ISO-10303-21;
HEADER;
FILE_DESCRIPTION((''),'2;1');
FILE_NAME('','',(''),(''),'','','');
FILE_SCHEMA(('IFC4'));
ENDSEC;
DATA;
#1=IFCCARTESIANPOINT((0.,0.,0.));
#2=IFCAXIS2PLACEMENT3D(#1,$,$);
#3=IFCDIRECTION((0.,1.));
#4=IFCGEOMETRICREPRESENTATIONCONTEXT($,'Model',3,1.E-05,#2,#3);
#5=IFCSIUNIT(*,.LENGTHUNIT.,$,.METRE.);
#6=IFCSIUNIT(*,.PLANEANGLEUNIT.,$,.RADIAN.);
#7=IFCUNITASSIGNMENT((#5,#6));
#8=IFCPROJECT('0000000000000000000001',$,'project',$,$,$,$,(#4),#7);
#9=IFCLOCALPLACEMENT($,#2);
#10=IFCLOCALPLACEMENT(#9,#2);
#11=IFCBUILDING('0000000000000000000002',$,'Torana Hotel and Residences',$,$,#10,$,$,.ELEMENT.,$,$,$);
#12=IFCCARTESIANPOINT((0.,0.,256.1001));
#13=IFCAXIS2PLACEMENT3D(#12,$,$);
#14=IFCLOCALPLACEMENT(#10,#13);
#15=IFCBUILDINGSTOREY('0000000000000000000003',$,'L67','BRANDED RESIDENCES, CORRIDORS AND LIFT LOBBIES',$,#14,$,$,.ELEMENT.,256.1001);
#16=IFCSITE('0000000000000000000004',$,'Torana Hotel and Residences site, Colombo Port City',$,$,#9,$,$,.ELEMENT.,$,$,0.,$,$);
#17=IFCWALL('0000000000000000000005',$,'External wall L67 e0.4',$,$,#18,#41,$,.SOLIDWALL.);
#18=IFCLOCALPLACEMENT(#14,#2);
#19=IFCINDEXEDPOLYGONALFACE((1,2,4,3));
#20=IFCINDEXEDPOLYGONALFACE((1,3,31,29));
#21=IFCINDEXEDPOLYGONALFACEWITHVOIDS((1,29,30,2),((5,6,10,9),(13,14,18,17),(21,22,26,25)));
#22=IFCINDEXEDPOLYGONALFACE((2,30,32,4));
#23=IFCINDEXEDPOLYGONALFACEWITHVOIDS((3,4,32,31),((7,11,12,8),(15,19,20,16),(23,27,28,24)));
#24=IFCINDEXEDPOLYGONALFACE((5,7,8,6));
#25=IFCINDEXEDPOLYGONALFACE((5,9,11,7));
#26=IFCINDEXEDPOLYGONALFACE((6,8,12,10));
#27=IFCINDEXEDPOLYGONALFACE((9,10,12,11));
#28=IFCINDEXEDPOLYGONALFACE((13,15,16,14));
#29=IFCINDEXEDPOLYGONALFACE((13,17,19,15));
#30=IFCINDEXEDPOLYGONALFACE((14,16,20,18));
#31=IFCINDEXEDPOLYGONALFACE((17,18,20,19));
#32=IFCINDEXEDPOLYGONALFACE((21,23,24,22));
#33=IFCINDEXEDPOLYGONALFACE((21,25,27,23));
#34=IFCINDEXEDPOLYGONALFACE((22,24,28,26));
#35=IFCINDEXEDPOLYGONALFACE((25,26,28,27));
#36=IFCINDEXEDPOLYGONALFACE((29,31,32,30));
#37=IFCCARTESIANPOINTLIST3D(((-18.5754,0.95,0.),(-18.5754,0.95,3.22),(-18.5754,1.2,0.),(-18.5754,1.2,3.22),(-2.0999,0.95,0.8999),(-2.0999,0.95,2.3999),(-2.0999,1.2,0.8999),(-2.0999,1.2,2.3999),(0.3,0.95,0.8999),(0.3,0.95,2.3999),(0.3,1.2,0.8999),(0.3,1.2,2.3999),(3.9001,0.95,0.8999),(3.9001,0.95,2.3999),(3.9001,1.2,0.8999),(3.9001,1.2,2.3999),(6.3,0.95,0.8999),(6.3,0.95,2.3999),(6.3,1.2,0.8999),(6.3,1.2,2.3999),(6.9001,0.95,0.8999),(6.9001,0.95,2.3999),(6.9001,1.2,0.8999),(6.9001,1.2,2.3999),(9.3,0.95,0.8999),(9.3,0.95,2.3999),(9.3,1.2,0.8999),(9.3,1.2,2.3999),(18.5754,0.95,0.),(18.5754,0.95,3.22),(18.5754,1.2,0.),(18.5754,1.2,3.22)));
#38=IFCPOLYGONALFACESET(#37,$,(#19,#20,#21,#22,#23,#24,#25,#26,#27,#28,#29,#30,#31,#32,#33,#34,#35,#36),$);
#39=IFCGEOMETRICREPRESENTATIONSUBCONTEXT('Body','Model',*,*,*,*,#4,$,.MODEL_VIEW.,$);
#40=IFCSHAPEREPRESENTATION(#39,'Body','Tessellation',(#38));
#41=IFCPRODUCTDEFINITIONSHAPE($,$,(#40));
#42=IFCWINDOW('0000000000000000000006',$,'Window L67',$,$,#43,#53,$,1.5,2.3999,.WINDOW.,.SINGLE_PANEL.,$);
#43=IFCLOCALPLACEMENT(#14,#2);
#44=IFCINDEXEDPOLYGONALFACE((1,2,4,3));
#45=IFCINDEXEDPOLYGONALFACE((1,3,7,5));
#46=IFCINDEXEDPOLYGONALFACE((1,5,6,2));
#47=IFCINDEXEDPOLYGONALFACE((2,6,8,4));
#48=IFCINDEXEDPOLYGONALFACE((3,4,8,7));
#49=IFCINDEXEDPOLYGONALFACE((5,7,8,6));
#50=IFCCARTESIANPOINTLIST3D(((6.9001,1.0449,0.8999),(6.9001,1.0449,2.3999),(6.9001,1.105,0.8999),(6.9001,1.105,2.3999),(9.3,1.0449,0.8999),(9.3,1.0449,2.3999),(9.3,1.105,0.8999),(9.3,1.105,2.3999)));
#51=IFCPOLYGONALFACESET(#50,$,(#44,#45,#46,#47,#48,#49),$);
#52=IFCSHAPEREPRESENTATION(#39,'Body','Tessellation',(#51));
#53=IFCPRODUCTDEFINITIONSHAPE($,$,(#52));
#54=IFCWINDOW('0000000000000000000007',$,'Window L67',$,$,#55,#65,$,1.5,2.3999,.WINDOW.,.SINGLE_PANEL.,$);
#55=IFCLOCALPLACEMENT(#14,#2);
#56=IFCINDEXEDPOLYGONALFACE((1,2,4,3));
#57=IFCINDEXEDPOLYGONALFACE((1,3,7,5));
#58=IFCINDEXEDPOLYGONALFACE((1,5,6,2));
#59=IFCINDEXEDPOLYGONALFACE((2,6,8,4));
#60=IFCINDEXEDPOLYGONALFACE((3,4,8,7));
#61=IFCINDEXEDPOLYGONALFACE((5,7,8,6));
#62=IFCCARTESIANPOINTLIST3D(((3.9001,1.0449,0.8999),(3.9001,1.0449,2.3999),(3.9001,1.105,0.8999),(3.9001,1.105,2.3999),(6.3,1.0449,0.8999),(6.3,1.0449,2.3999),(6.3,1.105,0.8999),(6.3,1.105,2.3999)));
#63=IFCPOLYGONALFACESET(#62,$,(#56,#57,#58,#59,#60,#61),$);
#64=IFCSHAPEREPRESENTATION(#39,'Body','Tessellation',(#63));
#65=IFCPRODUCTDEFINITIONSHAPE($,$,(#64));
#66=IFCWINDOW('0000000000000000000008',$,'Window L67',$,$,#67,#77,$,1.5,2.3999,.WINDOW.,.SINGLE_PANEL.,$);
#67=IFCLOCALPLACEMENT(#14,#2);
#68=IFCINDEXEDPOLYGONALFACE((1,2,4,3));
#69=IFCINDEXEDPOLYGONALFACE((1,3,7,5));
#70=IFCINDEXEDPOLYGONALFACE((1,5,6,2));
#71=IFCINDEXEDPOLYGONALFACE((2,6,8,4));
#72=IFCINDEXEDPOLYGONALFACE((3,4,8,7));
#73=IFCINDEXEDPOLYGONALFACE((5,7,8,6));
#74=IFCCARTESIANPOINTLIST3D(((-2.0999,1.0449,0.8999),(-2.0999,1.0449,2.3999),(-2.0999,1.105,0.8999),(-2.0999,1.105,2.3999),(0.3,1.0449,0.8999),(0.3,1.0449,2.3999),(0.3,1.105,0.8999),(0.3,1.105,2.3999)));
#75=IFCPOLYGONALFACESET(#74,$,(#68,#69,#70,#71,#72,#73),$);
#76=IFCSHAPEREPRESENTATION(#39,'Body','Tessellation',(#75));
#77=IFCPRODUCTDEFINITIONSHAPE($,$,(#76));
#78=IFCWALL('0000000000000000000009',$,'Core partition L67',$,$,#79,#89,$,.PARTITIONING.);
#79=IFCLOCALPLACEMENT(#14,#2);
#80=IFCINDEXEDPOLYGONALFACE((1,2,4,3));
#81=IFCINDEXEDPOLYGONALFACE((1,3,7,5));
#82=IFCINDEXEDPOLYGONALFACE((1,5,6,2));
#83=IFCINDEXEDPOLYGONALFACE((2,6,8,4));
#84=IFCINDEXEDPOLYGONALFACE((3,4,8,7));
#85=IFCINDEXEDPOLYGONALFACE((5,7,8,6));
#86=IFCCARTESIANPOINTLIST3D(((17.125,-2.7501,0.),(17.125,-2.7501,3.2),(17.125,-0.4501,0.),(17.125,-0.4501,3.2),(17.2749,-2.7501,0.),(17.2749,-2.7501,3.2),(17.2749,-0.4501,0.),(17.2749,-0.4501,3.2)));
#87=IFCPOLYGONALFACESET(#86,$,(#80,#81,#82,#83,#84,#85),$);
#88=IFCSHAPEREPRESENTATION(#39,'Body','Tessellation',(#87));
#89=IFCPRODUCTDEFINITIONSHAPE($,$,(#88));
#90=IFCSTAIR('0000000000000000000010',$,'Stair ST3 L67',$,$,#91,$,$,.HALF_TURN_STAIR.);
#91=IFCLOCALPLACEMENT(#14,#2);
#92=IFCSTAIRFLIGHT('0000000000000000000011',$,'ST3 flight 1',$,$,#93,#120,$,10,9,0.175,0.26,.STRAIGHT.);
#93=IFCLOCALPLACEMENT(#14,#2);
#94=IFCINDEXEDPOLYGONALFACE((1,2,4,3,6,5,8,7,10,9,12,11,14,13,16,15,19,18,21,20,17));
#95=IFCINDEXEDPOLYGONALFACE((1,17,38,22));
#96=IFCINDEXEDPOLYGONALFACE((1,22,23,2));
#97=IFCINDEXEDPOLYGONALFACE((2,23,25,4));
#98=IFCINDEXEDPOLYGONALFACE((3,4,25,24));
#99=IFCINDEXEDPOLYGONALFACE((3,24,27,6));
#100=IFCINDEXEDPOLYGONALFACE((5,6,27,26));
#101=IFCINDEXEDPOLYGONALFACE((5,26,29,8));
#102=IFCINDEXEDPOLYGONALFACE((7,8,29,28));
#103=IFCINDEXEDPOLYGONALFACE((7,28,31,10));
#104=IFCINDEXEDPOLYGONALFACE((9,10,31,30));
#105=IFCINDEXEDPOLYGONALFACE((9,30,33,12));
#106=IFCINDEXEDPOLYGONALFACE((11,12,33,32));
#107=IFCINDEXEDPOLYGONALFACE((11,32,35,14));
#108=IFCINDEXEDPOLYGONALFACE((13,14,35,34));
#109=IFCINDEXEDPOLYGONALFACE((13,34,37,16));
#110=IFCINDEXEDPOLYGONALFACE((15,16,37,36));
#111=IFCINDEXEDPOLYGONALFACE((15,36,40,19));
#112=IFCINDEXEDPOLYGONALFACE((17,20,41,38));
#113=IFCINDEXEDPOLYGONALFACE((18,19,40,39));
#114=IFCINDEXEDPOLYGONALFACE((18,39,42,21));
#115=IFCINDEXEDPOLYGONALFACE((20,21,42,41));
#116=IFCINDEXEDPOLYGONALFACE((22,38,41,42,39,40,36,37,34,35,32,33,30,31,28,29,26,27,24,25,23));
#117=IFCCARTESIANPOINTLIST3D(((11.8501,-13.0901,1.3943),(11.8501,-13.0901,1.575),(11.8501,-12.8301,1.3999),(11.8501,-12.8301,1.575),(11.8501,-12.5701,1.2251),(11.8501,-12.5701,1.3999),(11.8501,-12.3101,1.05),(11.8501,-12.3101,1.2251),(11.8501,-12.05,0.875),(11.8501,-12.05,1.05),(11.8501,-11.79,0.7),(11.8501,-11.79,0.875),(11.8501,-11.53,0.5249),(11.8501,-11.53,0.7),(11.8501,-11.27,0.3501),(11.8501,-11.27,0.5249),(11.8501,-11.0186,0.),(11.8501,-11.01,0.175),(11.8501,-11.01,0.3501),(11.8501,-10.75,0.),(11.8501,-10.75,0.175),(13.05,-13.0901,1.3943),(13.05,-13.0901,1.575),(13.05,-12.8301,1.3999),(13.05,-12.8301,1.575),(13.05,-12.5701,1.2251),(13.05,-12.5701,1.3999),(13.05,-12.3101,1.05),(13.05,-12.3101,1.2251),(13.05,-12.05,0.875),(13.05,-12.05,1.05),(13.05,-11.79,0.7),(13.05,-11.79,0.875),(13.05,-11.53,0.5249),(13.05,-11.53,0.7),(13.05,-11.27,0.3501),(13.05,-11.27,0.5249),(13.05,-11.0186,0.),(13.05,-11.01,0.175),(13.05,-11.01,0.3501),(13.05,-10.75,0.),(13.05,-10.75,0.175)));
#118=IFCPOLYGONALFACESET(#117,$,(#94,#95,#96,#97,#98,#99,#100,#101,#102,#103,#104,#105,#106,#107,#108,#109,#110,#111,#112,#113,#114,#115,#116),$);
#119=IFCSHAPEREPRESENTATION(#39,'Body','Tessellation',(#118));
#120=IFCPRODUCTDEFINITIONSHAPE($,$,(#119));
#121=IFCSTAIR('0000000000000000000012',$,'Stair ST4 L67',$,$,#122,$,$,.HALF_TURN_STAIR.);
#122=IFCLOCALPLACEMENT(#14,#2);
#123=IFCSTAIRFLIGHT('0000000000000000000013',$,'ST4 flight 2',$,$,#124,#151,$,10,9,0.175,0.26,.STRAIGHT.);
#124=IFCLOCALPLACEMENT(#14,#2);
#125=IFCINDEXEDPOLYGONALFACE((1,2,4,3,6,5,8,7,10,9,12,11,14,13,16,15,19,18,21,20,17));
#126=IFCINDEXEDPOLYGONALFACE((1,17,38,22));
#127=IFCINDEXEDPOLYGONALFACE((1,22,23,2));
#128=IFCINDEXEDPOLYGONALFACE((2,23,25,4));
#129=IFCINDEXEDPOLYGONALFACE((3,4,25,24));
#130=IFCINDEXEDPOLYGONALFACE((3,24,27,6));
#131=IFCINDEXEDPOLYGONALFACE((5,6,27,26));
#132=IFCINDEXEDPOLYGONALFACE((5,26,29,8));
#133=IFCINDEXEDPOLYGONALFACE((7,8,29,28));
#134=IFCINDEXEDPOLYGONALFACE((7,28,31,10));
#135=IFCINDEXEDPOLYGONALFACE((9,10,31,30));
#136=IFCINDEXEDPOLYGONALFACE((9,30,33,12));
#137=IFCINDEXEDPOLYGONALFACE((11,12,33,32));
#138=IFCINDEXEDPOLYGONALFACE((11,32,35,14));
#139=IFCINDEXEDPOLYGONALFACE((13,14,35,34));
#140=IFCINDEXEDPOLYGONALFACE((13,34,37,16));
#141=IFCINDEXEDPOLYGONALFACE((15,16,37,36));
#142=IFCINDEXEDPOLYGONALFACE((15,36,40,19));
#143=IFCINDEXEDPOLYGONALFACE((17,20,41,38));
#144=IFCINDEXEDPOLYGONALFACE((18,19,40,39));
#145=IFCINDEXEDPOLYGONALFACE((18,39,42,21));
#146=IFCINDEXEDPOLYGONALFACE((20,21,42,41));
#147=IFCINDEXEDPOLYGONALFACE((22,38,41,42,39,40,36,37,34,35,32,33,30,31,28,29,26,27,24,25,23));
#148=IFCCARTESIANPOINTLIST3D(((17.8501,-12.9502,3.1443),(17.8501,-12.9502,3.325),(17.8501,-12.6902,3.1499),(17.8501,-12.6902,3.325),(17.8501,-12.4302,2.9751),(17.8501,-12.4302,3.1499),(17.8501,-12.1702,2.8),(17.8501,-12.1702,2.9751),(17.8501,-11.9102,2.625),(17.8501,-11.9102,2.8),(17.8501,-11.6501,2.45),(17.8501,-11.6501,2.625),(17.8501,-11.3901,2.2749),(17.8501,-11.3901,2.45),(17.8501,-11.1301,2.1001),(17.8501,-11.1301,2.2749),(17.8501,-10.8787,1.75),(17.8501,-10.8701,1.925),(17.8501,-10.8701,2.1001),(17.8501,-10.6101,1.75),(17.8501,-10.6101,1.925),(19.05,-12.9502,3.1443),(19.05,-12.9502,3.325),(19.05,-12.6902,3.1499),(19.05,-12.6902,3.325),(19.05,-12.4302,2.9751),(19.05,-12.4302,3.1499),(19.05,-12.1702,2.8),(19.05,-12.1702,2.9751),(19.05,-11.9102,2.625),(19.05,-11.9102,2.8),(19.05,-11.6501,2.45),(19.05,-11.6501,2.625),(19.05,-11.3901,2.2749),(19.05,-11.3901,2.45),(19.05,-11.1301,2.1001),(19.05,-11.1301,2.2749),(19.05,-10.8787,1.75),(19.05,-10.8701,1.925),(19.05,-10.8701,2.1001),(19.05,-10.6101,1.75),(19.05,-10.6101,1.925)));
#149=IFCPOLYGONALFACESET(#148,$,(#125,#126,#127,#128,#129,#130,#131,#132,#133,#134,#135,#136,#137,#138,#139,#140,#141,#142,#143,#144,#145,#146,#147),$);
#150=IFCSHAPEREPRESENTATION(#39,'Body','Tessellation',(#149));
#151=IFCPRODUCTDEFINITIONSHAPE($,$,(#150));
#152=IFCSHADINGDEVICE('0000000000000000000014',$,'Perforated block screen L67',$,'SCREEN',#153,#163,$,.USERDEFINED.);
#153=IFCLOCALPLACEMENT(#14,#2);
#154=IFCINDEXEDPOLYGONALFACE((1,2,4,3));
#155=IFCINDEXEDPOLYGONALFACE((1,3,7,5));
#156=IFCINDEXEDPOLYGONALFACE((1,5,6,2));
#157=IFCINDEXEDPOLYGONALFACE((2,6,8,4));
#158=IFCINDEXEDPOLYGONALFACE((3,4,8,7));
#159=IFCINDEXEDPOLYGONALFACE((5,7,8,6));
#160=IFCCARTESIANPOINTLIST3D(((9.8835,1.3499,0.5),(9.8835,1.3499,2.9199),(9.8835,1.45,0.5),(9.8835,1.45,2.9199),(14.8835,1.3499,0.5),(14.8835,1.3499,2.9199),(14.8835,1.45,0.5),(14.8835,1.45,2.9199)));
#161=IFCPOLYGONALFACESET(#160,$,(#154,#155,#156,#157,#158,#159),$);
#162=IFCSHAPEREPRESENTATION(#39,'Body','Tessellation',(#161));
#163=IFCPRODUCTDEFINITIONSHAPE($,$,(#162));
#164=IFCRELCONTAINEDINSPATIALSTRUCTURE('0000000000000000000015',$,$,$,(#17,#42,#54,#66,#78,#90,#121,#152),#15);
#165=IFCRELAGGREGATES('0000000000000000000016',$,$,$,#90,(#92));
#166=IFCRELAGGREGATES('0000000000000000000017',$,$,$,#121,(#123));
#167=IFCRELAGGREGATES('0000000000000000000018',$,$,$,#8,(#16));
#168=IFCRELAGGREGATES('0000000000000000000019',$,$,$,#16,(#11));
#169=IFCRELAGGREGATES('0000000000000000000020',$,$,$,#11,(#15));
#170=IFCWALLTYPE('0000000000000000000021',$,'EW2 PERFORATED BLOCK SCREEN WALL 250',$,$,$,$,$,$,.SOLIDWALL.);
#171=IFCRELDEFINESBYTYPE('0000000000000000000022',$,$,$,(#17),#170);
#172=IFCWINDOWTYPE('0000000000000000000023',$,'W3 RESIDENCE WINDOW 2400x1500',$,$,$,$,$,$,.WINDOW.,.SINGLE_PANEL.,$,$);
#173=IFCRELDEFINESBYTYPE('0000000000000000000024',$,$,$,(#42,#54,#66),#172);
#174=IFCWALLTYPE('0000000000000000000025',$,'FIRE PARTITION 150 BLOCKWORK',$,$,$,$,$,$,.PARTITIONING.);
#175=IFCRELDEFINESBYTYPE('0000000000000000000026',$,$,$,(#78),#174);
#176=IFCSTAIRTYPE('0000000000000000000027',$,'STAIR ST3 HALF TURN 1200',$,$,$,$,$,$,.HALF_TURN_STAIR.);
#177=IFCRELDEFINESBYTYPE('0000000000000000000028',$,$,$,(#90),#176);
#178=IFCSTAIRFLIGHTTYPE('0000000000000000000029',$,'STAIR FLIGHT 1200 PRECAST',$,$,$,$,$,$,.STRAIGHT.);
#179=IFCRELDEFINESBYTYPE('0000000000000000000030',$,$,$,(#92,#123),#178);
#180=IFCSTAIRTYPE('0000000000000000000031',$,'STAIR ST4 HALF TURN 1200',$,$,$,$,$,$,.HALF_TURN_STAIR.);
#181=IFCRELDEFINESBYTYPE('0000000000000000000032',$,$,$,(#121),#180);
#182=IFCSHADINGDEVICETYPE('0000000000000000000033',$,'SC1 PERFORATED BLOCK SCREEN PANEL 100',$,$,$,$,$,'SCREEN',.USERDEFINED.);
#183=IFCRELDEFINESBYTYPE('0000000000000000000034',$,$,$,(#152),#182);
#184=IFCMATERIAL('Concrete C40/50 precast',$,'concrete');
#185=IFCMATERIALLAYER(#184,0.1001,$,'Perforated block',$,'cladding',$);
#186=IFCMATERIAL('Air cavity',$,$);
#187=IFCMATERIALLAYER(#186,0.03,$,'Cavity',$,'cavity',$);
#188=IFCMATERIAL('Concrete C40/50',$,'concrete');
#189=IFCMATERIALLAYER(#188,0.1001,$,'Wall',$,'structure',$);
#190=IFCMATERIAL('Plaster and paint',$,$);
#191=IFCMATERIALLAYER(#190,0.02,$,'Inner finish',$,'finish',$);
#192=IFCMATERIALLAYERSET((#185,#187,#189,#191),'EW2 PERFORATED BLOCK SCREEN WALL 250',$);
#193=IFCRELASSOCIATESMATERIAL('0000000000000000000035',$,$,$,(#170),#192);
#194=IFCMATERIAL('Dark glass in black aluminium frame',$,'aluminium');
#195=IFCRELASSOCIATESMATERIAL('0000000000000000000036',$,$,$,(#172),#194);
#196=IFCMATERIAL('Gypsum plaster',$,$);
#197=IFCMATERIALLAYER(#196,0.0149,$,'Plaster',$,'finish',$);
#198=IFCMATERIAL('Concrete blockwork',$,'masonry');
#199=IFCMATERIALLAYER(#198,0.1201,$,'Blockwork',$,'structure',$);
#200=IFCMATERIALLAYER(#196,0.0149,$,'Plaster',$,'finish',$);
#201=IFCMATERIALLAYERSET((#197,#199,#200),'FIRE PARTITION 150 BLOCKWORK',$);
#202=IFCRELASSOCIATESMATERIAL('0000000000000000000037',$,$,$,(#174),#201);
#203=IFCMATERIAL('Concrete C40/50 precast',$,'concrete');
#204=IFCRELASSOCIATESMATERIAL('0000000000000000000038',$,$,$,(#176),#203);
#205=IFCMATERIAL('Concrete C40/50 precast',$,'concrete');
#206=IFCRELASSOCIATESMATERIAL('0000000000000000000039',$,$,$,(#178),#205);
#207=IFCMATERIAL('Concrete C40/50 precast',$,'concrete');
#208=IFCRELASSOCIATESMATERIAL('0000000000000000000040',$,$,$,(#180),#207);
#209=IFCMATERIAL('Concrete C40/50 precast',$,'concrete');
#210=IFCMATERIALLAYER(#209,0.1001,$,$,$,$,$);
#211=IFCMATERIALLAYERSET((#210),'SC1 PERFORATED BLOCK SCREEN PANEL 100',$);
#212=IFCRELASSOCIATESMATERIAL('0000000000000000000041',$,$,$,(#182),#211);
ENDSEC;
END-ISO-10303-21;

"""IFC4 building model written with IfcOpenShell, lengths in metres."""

from ifc_helpers import new_model, si_unit, direction, frame, frame_2d, origin, origin_2d, place, context, subcontext, project, spatial, polyline, rectangle, outline, extrude, material, layer, layer_set, type_object, element, fill, aggregate, save


model = new_model("IFC4")

# Units and contexts
model_context = context("Model", 3, precision=1e-05, world=origin(), true_north=direction((0.0, 1.0)))
body_context = subcontext(model_context, "Body", "Model", "MODEL_VIEW")
ifc_project = project(units=[si_unit("LENGTHUNIT", "METRE"), si_unit("PLANEANGLEUNIT", "RADIAN")], contexts=[model_context])

# Site, building, storey
site_placement = place(None, origin())
site = spatial("IfcSite", under=ifc_project, at=site_placement, Name="Torana Hotel and Residences site, Colombo Port City", CompositionType="ELEMENT", RefElevation=0.0)
building_placement = place(site_placement, origin())
building = spatial("IfcBuilding", under=site, at=building_placement, Name="Torana Hotel and Residences", CompositionType="ELEMENT")
storey_placement = place(building_placement, frame((0.0, 0.0, 256.1001)))
storey = spatial("IfcBuildingStorey", under=building, at=storey_placement, Name="L67", Description="BRANDED RESIDENCES, CORRIDORS AND LIFT LOBBIES", CompositionType="ELEMENT", Elevation=256.1001)

# Wall, openings, windows
ifc_material_1 = material(Name="Concrete C40/50 precast", Category="concrete")
ifc_layer_1 = layer(ifc_material_1, 0.1001, Name="Perforated block", Category="cladding")
ifc_material_2 = material(Name="Air cavity")
ifc_layer_2 = layer(ifc_material_2, 0.03, Name="Cavity", Category="cavity")
ifc_material_3 = material(Name="Concrete C40/50", Category="concrete")
ifc_layer_3 = layer(ifc_material_3, 0.1001, Name="Wall", Category="structure")
ifc_material_4 = material(Name="Plaster and paint")
ifc_layer_4 = layer(ifc_material_4, 0.02, Name="Inner finish", Category="finish")
ifc_layer_set_1 = layer_set([ifc_layer_1, ifc_layer_2, ifc_layer_3, ifc_layer_4], Name="EW2 PERFORATED BLOCK SCREEN WALL 250")
wall_type_1 = type_object("IfcWallType", Name="EW2 PERFORATED BLOCK SCREEN WALL 250", PredefinedType="SOLIDWALL", material=ifc_layer_set_1)
wall_1_placement = place(storey_placement, frame((18.5754, 1.075, 0.0), z_axis=(0.0, 0.0, 1.0), x_axis=(-1.0, 0.0, 0.0)))
wall_1 = element("IfcWall", 1, at=wall_1_placement, inside=storey, type_object=wall_type_1, Name="External wall L67 e0.4", PredefinedType="SOLIDWALL", context=body_context, shape_type="SweptSolid", body=[
    extrude(rectangle(XDim=37.1509, YDim=0.25, at=frame_2d((18.5754, 0.0))), origin(), (0.0, 0.0, 1.0), 3.22),
])
opening_1_placement = place(wall_1_placement, frame((9.2754, 0.0, 0.8999)))
opening_1 = element("IfcOpeningElement", 2, at=opening_1_placement, cuts=wall_1, PredefinedType="OPENING", context=body_context, shape_type="SweptSolid", body=[
    extrude(rectangle(XDim=2.3999, YDim=1.5, at=frame_2d((1.2, 0.75))), frame((0.0, 0.135, 0.0), z_axis=(0.0, -1.0, 0.0), x_axis=(1.0, 0.0, 0.0)), (0.0, 0.0, 1.0), 0.27),
])
opening_2_placement = place(wall_1_placement, frame((12.2754, 0.0, 0.8999)))
opening_2 = element("IfcOpeningElement", 3, at=opening_2_placement, cuts=wall_1, PredefinedType="OPENING", context=body_context, shape_type="SweptSolid", body=[
    extrude(rectangle(XDim=2.3999, YDim=1.5, at=frame_2d((1.2, 0.75))), frame((0.0, 0.135, 0.0), z_axis=(0.0, -1.0, 0.0), x_axis=(1.0, 0.0, 0.0)), (0.0, 0.0, 1.0), 0.27),
])
opening_3_placement = place(wall_1_placement, frame((18.2754, 0.0, 0.8999)))
opening_3 = element("IfcOpeningElement", 4, at=opening_3_placement, cuts=wall_1, PredefinedType="OPENING", context=body_context, shape_type="SweptSolid", body=[
    extrude(rectangle(XDim=2.3999, YDim=1.5, at=frame_2d((1.2, 0.75))), frame((0.0, 0.135, 0.0), z_axis=(0.0, -1.0, 0.0), x_axis=(1.0, 0.0, 0.0)), (0.0, 0.0, 1.0), 0.27),
])
ifc_material_5 = material(Name="Dark glass in black aluminium frame", Category="aluminium")
window_type = type_object("IfcWindowType", Name="W3 RESIDENCE WINDOW 2400x1500", PartitioningType="SINGLE_PANEL", PredefinedType="WINDOW", material=ifc_material_5)
window_1_placement = place(opening_1_placement, origin())
window_1 = element("IfcWindow", 5, at=window_1_placement, inside=storey, type_object=window_type, Name="Window L67", OverallHeight=1.5, OverallWidth=2.3999, PartitioningType="SINGLE_PANEL", PredefinedType="WINDOW", context=body_context, shape_type="SweptSolid", body=[
    extrude(rectangle(XDim=2.3999, YDim=1.5, at=frame_2d((1.2, 0.75))), frame((0.0, 0.03, 0.0), z_axis=(0.0, -1.0, 0.0), x_axis=(1.0, 0.0, 0.0)), (0.0, 0.0, 1.0), 0.0601),
])
fill(opening_1, window_1)
window_2_placement = place(opening_2_placement, origin())
window_2 = element("IfcWindow", 6, at=window_2_placement, inside=storey, type_object=window_type, Name="Window L67", OverallHeight=1.5, OverallWidth=2.3999, PartitioningType="SINGLE_PANEL", PredefinedType="WINDOW", context=body_context, shape_type="SweptSolid", body=[
    extrude(rectangle(XDim=2.3999, YDim=1.5, at=frame_2d((1.2, 0.75))), frame((0.0, 0.03, 0.0), z_axis=(0.0, -1.0, 0.0), x_axis=(1.0, 0.0, 0.0)), (0.0, 0.0, 1.0), 0.0601),
])
fill(opening_2, window_2)
window_3_placement = place(opening_3_placement, origin())
window_3 = element("IfcWindow", 7, at=window_3_placement, inside=storey, type_object=window_type, Name="Window L67", OverallHeight=1.5, OverallWidth=2.3999, PartitioningType="SINGLE_PANEL", PredefinedType="WINDOW", context=body_context, shape_type="SweptSolid", body=[
    extrude(rectangle(XDim=2.3999, YDim=1.5, at=frame_2d((1.2, 0.75))), frame((0.0, 0.03, 0.0), z_axis=(0.0, -1.0, 0.0), x_axis=(1.0, 0.0, 0.0)), (0.0, 0.0, 1.0), 0.0601),
])
fill(opening_3, window_3)

# Wall
ifc_material_6 = material(Name="Gypsum plaster")
ifc_layer_5 = layer(ifc_material_6, 0.0149, Name="Plaster", Category="finish")
ifc_material_7 = material(Name="Concrete blockwork", Category="masonry")
ifc_layer_6 = layer(ifc_material_7, 0.1201, Name="Blockwork", Category="structure")
ifc_layer_7 = layer(ifc_material_6, 0.0149, Name="Plaster", Category="finish")
ifc_layer_set_2 = layer_set([ifc_layer_5, ifc_layer_6, ifc_layer_7], Name="FIRE PARTITION 150 BLOCKWORK")
wall_type_2 = type_object("IfcWallType", Name="FIRE PARTITION 150 BLOCKWORK", PredefinedType="PARTITIONING", material=ifc_layer_set_2)
wall_2_placement = place(storey_placement, frame((17.2, -2.75, 0.0), z_axis=(0.0, 0.0, 1.0), x_axis=(0.0, 1.0, 0.0)))
element("IfcWall", 8, at=wall_2_placement, inside=storey, type_object=wall_type_2, Name="Core partition L67", PredefinedType="PARTITIONING", context=body_context, shape_type="SweptSolid", body=[
    extrude(rectangle(XDim=2.3, YDim=0.1499, at=frame_2d((1.1499, 0.0))), origin(), (0.0, 0.0, 1.0), 3.2),
])

# Stairs, stair flights
ifc_material_8 = material(Name="Concrete C40/50 precast", Category="concrete")
stair_type_1 = type_object("IfcStairType", Name="STAIR ST3 HALF TURN 1200", PredefinedType="HALF_TURN_STAIR", material=ifc_material_8)
stair_1_placement = place(storey_placement, origin())
stair_1 = element("IfcStair", 9, at=stair_1_placement, inside=storey, type_object=stair_type_1, Name="Stair ST3 L67", PredefinedType="HALF_TURN_STAIR")
ifc_material_9 = material(Name="Concrete C40/50 precast", Category="concrete")
stair_flight_type = type_object("IfcStairFlightType", Name="STAIR FLIGHT 1200 PRECAST", PredefinedType="STRAIGHT", material=ifc_material_9)
stair_flight_1_placement = place(storey_placement, frame((12.45, -10.75, 0.0), z_axis=(0.0, 0.0, 1.0), x_axis=(0.0, -1.0, 0.0)))
stair_flight_1 = element("IfcStairFlight", 10, at=stair_flight_1_placement, type_object=stair_flight_type, Name="ST3 flight 1", NumberOfRisers=10, NumberOfTreads=9, PredefinedType="STRAIGHT", RiserHeight=0.175, TreadLength=0.26, context=body_context, shape_type="SweptSolid", body=[
    extrude(outline(polyline([(0.0, 0.0), (0.0, 0.175), (0.26, 0.175), (0.26, 0.3501), (0.52, 0.3501), (0.52, 0.5249), (0.78, 0.5249), (0.78, 0.7), (1.04, 0.7), (1.04, 0.875), (1.3, 0.875), (1.3, 1.05), (1.5601, 1.05), (1.5601, 1.2251), (1.8201, 1.2251), (1.8201, 1.3999), (2.0801, 1.3999), (2.0801, 1.575), (2.3401, 1.575), (2.3401, 1.75), (2.3401, 1.3943), (0.2686, 0.0), (0.0, 0.0)])), frame((0.0, 0.6001, 0.0), z_axis=(0.0, -1.0, 0.0), x_axis=(1.0, 0.0, 0.0)), (0.0, 0.0, 1.0), 1.2),
])
aggregate(stair_1, [stair_flight_1])
ifc_material_10 = material(Name="Concrete C40/50 precast", Category="concrete")
stair_type_2 = type_object("IfcStairType", Name="STAIR ST4 HALF TURN 1200", PredefinedType="HALF_TURN_STAIR", material=ifc_material_10)
stair_2_placement = place(storey_placement, origin())
stair_2 = element("IfcStair", 11, at=stair_2_placement, inside=storey, type_object=stair_type_2, Name="Stair ST4 L67", PredefinedType="HALF_TURN_STAIR")
stair_flight_2_placement = place(storey_placement, frame((18.45, -10.6101, 1.75), z_axis=(0.0, 0.0, 1.0), x_axis=(0.0, -1.0, 0.0)))
stair_flight_2 = element("IfcStairFlight", 12, at=stair_flight_2_placement, type_object=stair_flight_type, Name="ST4 flight 2", NumberOfRisers=10, NumberOfTreads=9, PredefinedType="STRAIGHT", RiserHeight=0.175, TreadLength=0.26, context=body_context, shape_type="SweptSolid", body=[
    extrude(outline(polyline([(0.0, 0.0), (0.0, 0.175), (0.26, 0.175), (0.26, 0.3501), (0.52, 0.3501), (0.52, 0.5249), (0.78, 0.5249), (0.78, 0.7), (1.04, 0.7), (1.04, 0.875), (1.3, 0.875), (1.3, 1.05), (1.5601, 1.05), (1.5601, 1.2251), (1.8201, 1.2251), (1.8201, 1.3999), (2.0801, 1.3999), (2.0801, 1.575), (2.3401, 1.575), (2.3401, 1.75), (2.3401, 1.3943), (0.2686, 0.0), (0.0, 0.0)])), frame((0.0, 0.6001, 0.0), z_axis=(0.0, -1.0, 0.0), x_axis=(1.0, 0.0, 0.0)), (0.0, 0.0, 1.0), 1.2),
])
aggregate(stair_2, [stair_flight_2])

# Shading device
ifc_material_11 = material(Name="Concrete C40/50 precast", Category="concrete")
ifc_layer_8 = layer(ifc_material_11, 0.1001)
ifc_layer_set_3 = layer_set([ifc_layer_8], Name="SC1 PERFORATED BLOCK SCREEN PANEL 100")
shading_device_type = type_object("IfcShadingDeviceType", Name="SC1 PERFORATED BLOCK SCREEN PANEL 100", ElementType="SCREEN", PredefinedType="USERDEFINED", material=ifc_layer_set_3)
shading_device_placement = place(storey_placement, frame((12.3835, 1.3999, 0.5), z_axis=(0.0, 0.0, 1.0), x_axis=(-1.0, 0.0, 0.0)))
element("IfcShadingDevice", 13, at=shading_device_placement, inside=storey, type_object=shading_device_type, Name="Perforated block screen L67", ObjectType="SCREEN", PredefinedType="USERDEFINED", context=body_context, shape_type="SweptSolid", body=[
    extrude(rectangle(XDim=5.0, YDim=0.1001, at=origin_2d()), origin(), (0.0, 0.0, 1.0), 2.4199),
])

save(model, "model.ifc")
